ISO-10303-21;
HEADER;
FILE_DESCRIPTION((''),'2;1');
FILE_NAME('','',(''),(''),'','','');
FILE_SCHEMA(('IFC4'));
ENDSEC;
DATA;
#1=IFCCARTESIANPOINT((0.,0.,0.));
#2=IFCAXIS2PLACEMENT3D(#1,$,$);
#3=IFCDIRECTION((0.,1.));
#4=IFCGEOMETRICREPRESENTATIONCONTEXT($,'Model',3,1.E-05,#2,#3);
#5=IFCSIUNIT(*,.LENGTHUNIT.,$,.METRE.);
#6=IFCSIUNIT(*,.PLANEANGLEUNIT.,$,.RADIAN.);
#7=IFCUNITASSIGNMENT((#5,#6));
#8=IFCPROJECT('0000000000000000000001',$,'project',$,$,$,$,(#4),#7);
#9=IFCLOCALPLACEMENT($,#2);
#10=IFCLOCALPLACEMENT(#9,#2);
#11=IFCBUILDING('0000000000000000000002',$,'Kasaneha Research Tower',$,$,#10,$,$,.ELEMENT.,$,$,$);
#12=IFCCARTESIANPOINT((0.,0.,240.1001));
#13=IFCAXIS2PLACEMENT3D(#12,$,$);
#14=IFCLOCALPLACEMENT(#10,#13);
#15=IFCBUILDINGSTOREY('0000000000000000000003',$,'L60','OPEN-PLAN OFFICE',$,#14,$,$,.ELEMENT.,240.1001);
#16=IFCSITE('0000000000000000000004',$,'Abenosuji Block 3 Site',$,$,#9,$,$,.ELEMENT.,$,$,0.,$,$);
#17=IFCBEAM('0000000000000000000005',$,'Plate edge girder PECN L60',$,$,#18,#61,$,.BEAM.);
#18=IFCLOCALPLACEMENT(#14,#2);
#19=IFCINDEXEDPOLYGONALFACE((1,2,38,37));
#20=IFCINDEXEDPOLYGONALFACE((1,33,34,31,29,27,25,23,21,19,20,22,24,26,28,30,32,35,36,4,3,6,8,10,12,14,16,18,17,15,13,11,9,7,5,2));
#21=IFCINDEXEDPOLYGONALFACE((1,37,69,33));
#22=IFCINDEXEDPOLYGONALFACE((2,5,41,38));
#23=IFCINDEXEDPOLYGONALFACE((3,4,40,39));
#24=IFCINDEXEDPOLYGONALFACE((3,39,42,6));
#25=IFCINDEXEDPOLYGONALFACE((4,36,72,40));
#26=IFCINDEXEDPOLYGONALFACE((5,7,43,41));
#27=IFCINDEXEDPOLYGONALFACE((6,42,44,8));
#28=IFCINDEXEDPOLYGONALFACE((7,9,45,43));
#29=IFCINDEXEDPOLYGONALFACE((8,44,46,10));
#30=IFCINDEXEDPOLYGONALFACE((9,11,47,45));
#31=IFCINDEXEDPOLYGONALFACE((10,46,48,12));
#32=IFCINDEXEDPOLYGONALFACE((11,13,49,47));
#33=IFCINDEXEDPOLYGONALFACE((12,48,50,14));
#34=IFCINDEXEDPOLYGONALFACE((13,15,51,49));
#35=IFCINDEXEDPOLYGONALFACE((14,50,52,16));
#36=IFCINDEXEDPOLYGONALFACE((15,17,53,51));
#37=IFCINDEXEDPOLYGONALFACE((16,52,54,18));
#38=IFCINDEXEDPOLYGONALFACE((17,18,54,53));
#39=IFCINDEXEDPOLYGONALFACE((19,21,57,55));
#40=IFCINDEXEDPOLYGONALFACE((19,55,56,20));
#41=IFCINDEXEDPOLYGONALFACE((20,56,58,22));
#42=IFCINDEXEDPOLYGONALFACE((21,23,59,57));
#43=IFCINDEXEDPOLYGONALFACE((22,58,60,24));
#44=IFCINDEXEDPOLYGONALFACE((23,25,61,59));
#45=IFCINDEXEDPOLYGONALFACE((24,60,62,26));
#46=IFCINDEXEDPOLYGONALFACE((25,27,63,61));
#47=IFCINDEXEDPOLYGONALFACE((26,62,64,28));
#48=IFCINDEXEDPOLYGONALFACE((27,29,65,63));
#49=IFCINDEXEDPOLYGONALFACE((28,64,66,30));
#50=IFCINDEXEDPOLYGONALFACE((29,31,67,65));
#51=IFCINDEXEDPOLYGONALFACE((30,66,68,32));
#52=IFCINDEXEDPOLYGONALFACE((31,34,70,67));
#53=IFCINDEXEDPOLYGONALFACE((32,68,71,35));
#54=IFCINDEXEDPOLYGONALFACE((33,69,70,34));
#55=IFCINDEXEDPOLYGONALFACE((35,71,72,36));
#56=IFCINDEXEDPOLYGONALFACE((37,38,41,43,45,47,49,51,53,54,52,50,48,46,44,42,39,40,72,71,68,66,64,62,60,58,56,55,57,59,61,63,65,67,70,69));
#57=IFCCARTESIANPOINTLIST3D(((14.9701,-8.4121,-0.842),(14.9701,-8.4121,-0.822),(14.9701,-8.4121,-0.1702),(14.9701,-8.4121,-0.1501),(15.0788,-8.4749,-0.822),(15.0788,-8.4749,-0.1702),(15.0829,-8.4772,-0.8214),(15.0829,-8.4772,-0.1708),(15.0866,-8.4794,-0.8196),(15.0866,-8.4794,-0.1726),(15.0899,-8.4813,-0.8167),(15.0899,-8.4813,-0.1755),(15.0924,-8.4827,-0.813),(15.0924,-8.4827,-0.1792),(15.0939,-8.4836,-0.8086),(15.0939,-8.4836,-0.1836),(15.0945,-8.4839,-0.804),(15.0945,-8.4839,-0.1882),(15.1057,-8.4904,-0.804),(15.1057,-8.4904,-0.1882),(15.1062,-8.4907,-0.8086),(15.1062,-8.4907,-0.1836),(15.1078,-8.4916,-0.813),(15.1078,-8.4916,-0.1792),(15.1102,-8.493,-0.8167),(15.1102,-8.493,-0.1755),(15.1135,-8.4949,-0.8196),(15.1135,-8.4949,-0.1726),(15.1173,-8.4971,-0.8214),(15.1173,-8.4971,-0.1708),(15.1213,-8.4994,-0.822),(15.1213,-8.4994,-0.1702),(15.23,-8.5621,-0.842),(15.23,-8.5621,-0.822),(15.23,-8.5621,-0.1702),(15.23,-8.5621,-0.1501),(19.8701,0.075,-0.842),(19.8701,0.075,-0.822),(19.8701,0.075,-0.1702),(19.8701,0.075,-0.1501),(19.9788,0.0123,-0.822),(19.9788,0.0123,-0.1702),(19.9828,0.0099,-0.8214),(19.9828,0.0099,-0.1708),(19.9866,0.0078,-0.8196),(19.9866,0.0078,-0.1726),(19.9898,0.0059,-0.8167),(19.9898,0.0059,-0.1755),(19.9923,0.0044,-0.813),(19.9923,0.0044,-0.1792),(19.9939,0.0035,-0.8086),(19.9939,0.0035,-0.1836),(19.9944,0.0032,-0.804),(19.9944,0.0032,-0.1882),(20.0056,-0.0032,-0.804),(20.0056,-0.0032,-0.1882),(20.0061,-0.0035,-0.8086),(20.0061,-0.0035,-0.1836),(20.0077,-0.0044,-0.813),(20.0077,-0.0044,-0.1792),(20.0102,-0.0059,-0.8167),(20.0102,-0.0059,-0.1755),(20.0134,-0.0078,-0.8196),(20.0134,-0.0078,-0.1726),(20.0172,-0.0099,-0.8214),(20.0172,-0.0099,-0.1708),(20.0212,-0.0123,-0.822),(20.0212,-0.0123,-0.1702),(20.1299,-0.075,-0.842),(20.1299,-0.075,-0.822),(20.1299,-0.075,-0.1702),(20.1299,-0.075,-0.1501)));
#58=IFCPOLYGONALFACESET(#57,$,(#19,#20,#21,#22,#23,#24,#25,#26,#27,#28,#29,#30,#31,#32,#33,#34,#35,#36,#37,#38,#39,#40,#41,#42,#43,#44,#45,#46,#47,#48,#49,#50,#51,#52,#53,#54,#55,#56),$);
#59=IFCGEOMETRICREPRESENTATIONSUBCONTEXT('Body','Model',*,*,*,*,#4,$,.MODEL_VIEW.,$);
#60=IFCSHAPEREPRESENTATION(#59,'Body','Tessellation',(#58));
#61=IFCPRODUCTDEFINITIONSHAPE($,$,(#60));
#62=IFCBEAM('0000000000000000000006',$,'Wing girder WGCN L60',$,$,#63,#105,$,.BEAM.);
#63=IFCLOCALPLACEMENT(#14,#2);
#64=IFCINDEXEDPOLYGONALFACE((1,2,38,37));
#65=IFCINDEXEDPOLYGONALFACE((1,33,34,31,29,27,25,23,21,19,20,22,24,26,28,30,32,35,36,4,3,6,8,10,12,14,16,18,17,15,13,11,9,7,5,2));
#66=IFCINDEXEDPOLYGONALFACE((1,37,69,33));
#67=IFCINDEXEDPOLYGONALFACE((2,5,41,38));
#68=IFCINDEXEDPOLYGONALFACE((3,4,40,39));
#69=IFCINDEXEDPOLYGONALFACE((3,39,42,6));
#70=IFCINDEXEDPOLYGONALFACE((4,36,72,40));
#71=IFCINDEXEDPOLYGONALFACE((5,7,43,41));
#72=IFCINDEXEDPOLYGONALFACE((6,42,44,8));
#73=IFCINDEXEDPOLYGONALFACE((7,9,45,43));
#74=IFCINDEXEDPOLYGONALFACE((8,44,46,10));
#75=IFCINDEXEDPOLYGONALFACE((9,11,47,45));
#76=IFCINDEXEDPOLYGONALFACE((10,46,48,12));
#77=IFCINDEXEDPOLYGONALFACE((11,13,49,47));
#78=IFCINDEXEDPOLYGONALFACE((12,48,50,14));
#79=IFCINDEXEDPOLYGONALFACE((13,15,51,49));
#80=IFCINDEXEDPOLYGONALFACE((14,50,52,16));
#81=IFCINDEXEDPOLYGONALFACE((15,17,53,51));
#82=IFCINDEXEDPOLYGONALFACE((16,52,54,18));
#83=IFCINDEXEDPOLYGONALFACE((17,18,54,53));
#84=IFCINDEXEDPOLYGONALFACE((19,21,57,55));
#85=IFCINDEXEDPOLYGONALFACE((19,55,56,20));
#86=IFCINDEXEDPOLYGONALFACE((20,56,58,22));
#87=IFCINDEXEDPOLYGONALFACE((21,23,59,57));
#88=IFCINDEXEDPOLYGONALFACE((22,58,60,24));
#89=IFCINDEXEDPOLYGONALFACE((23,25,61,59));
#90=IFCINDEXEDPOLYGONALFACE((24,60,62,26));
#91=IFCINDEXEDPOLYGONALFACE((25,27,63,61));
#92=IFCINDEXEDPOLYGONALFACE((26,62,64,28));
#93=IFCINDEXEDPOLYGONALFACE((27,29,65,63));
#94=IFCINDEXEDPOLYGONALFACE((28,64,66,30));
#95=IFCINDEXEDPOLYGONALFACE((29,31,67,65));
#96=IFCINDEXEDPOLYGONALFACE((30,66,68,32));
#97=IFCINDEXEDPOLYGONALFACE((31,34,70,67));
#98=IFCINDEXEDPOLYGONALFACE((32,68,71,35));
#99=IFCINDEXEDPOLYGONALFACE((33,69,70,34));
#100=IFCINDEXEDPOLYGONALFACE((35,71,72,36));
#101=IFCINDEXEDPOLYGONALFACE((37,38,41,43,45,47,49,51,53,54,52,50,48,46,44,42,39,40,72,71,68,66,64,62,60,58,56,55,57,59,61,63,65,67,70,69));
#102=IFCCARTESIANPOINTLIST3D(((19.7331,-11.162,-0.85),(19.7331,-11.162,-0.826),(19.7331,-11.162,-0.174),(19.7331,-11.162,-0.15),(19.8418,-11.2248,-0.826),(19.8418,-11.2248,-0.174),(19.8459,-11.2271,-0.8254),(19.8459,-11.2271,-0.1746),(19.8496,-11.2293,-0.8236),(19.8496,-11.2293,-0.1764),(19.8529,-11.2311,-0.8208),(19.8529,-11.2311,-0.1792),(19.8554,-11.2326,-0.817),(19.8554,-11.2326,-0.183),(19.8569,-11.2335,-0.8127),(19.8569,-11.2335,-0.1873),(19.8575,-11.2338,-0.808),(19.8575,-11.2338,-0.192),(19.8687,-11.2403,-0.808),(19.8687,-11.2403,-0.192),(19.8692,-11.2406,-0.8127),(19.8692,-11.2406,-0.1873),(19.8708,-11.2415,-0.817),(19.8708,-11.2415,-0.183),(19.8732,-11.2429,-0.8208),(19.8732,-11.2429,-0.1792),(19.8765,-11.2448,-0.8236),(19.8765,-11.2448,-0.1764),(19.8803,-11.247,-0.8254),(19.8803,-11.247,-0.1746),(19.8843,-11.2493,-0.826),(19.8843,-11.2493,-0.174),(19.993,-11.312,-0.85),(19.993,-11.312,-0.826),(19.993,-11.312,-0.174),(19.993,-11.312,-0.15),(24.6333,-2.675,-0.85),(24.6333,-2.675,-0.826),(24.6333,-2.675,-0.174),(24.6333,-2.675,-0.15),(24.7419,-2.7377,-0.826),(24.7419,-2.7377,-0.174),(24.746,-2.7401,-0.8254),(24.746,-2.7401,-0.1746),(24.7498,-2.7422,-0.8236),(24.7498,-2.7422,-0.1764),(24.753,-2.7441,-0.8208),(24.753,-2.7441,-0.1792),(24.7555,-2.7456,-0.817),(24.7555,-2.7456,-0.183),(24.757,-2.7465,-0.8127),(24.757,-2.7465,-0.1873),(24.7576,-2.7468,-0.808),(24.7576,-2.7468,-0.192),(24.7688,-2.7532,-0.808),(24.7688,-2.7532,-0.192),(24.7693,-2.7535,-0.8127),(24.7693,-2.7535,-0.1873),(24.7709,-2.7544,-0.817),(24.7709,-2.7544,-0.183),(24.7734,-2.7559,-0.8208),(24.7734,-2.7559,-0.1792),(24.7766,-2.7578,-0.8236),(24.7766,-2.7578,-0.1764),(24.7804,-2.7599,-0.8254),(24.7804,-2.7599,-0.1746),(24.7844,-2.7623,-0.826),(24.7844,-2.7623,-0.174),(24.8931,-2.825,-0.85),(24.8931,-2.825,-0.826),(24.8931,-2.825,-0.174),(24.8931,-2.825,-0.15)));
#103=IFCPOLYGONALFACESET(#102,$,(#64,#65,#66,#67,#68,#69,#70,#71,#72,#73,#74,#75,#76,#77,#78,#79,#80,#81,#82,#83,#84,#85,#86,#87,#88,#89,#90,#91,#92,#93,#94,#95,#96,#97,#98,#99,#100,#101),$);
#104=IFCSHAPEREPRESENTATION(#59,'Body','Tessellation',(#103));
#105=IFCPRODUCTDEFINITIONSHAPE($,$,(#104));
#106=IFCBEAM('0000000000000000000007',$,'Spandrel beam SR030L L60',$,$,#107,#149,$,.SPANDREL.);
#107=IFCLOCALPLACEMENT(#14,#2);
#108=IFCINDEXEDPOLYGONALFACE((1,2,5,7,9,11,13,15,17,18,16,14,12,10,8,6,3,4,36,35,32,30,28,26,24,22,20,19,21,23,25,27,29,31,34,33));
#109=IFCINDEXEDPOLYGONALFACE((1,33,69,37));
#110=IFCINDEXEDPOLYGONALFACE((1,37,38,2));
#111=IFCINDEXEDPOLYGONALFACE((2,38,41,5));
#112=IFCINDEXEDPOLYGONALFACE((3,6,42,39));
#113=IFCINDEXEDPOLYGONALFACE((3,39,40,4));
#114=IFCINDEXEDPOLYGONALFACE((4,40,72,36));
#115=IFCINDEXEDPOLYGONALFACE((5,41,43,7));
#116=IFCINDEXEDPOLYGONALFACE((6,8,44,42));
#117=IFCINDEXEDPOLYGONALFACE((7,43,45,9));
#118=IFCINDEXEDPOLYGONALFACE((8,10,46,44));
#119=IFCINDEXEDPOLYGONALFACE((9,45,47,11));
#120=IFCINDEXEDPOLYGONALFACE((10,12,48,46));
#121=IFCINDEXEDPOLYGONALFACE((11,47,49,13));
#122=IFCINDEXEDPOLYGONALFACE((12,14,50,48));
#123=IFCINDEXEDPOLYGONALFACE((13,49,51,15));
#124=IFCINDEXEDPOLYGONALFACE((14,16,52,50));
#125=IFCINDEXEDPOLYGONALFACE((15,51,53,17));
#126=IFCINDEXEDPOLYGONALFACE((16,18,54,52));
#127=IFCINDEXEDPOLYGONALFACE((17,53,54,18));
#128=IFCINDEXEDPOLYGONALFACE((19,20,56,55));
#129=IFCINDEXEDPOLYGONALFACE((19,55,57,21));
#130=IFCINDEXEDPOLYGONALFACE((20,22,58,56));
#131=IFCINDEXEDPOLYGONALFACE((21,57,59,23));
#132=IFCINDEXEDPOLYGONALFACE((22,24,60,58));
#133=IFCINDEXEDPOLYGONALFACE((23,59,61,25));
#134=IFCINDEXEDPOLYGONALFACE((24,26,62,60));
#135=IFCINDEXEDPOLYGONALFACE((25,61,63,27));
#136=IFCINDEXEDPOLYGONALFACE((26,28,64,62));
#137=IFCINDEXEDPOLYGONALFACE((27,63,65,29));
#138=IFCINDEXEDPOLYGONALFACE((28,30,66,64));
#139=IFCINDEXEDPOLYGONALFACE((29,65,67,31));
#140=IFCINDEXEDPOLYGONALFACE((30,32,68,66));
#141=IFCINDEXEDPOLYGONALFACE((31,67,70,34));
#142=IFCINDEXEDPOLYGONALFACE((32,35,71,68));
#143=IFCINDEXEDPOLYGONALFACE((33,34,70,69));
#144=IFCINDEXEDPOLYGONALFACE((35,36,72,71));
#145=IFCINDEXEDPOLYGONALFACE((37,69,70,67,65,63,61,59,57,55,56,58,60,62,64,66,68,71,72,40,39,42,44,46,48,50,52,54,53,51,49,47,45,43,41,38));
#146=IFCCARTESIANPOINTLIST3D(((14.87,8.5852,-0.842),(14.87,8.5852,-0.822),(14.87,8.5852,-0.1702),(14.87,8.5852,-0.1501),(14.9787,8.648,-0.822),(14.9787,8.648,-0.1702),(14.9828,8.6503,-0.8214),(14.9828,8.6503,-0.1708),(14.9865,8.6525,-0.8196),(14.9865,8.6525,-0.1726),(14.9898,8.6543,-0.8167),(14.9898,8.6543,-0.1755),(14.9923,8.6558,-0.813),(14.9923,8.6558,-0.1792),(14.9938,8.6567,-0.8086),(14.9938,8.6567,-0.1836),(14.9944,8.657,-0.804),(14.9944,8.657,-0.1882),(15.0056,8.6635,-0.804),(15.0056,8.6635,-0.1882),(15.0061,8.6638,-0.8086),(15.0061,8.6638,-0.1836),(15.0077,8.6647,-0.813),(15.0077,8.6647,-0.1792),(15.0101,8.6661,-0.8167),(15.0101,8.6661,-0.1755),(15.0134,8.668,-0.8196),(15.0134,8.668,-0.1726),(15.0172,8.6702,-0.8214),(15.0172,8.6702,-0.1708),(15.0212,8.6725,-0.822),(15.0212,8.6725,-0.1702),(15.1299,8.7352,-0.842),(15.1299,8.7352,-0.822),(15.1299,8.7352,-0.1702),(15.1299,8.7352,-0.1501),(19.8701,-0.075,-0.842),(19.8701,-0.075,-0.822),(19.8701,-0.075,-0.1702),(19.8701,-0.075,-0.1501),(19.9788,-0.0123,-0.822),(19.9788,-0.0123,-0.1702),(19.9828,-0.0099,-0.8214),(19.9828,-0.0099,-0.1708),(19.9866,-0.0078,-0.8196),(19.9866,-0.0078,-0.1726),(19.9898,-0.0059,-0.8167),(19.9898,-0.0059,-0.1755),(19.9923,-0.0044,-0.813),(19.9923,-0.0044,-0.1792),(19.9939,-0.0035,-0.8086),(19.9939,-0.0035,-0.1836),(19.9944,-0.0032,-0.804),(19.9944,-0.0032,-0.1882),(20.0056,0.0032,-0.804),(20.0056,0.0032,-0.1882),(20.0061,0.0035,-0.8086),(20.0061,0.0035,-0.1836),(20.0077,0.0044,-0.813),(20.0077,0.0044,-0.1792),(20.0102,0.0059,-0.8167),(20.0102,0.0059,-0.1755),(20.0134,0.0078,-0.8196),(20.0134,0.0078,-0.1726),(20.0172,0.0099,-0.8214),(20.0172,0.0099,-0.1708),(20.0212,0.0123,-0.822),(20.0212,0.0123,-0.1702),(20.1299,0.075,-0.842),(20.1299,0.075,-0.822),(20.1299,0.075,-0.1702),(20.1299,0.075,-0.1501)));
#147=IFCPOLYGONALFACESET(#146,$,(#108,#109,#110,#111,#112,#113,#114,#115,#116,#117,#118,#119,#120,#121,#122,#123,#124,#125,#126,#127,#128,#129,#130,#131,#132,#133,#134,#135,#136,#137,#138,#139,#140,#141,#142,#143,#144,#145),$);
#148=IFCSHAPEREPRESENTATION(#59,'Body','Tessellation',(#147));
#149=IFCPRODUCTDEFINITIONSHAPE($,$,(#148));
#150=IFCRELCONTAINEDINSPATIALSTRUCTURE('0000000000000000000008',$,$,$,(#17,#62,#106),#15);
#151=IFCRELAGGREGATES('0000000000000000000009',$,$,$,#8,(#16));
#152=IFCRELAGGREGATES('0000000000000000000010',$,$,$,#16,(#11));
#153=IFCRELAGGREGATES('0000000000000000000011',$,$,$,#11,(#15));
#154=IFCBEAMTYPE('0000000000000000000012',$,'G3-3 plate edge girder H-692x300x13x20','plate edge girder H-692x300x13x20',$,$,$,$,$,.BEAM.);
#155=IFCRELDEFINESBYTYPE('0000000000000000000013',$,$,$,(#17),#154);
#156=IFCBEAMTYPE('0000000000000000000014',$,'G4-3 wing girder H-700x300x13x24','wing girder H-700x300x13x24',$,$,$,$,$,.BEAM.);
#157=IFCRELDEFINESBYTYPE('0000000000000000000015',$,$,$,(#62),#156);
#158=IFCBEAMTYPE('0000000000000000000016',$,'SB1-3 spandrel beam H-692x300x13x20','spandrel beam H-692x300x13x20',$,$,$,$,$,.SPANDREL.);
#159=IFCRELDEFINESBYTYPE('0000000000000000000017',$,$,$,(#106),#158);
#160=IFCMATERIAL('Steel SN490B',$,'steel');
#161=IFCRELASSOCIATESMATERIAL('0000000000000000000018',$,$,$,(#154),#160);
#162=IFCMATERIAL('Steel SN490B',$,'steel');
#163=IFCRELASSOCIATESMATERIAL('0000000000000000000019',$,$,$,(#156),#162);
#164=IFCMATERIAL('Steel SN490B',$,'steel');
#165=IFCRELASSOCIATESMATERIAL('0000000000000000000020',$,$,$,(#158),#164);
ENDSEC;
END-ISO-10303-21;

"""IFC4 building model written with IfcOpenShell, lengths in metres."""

from ifc_helpers import new_model, si_unit, direction, frame, origin, origin_2d, place, context, subcontext, project, spatial, i_section, extrude, material, material_profile, profile_set, type_object, element, save


model = new_model("IFC4")

# Units and contexts
model_context = context("Model", 3, precision=1e-05, world=origin(), true_north=direction((0.0, 1.0)))
body_context = subcontext(model_context, "Body", "Model", "MODEL_VIEW")
ifc_project = project(units=[si_unit("LENGTHUNIT", "METRE"), si_unit("PLANEANGLEUNIT", "RADIAN")], contexts=[model_context])

# Site, building, storey
site_placement = place(None, origin())
site = spatial("IfcSite", under=ifc_project, at=site_placement, Name="Abenosuji Block 3 Site", CompositionType="ELEMENT", RefElevation=0.0)
building_placement = place(site_placement, origin())
building = spatial("IfcBuilding", under=site, at=building_placement, Name="Kasaneha Research Tower", CompositionType="ELEMENT")
storey_placement = place(building_placement, frame((0.0, 0.0, 240.1001)))
storey = spatial("IfcBuildingStorey", under=building, at=storey_placement, Name="L60", Description="OPEN-PLAN OFFICE", CompositionType="ELEMENT", Elevation=240.1001)

# Beams
ifc_material_1 = material(Name="Steel SN490B", Category="steel")
ifc_material_profile_1 = material_profile(ifc_material_1, i_section(OverallWidth=0.3, OverallDepth=0.6919, WebThickness=0.0129, FlangeThickness=0.02, FilletRadius=0.0181, at=origin_2d()), Name="H-692x300x13x20")
ifc_profile_set_1 = profile_set([ifc_material_profile_1], Name="Steel SN490B")
beam_type_1 = type_object("IfcBeamType", Name="G3-3 plate edge girder H-692x300x13x20", Description="plate edge girder H-692x300x13x20", PredefinedType="BEAM", material=ifc_profile_set_1)
beam_1_placement = place(storey_placement, frame((20.0, 0.0, -0.4961), z_axis=(-0.499992, -0.86603, 0.0), x_axis=(0.86603, -0.499992, 0.0)))
element("IfcBeam", 1, at=beam_1_placement, inside=storey, type_object=beam_type_1, Name="Plate edge girder PECN L60", PredefinedType="BEAM", context=body_context, shape_type="SweptSolid", body=[
    extrude(i_section(OverallWidth=0.3, OverallDepth=0.6919, WebThickness=0.0129, FlangeThickness=0.02, FilletRadius=0.0181, at=origin_2d()), origin(), (0.0, 0.0, 1.0), 9.8),
])
ifc_material_2 = material(Name="Steel SN490B", Category="steel")
ifc_material_profile_2 = material_profile(ifc_material_2, i_section(OverallWidth=0.3, OverallDepth=0.7, WebThickness=0.0129, FlangeThickness=0.0239, FilletRadius=0.0181, at=origin_2d()), Name="H-700x300x13x24")
ifc_profile_set_2 = profile_set([ifc_material_profile_2], Name="Steel SN490B")
beam_type_2 = type_object("IfcBeamType", Name="G4-3 wing girder H-700x300x13x24", Description="wing girder H-700x300x13x24", PredefinedType="BEAM", material=ifc_profile_set_2)
beam_2_placement = place(storey_placement, frame((24.7632, -2.75, -0.5), z_axis=(-0.500011, -0.866019, 0.0), x_axis=(0.866019, -0.500011, 0.0)))
element("IfcBeam", 2, at=beam_2_placement, inside=storey, type_object=beam_type_2, Name="Wing girder WGCN L60", PredefinedType="BEAM", context=body_context, shape_type="SweptSolid", body=[
    extrude(i_section(OverallWidth=0.3, OverallDepth=0.7, WebThickness=0.0129, FlangeThickness=0.0239, FilletRadius=0.0181, at=origin_2d()), origin(), (0.0, 0.0, 1.0), 9.8),
])
ifc_material_3 = material(Name="Steel SN490B", Category="steel")
ifc_material_profile_3 = material_profile(ifc_material_3, i_section(OverallWidth=0.3, OverallDepth=0.6919, WebThickness=0.0129, FlangeThickness=0.02, FilletRadius=0.0181, at=origin_2d()), Name="H-692x300x13x20")
ifc_profile_set_3 = profile_set([ifc_material_profile_3], Name="Steel SN490B")
beam_type_3 = type_object("IfcBeamType", Name="SB1-3 spandrel beam H-692x300x13x20", Description="spandrel beam H-692x300x13x20", PredefinedType="SPANDREL", material=ifc_profile_set_3)
beam_3_placement = place(storey_placement, frame((20.0, 0.0, -0.4961), z_axis=(-0.500004, 0.866023, 0.0), x_axis=(-0.866023, -0.500004, 0.0)))
element("IfcBeam", 3, at=beam_3_placement, inside=storey, type_object=beam_type_3, Name="Spandrel beam SR030L L60", PredefinedType="SPANDREL", context=body_context, shape_type="SweptSolid", body=[
    extrude(i_section(OverallWidth=0.3, OverallDepth=0.6919, WebThickness=0.0129, FlangeThickness=0.02, FilletRadius=0.0181, at=origin_2d()), origin(), (0.0, 0.0, 1.0), 10.0),
])

save(model, "model.ifc")
